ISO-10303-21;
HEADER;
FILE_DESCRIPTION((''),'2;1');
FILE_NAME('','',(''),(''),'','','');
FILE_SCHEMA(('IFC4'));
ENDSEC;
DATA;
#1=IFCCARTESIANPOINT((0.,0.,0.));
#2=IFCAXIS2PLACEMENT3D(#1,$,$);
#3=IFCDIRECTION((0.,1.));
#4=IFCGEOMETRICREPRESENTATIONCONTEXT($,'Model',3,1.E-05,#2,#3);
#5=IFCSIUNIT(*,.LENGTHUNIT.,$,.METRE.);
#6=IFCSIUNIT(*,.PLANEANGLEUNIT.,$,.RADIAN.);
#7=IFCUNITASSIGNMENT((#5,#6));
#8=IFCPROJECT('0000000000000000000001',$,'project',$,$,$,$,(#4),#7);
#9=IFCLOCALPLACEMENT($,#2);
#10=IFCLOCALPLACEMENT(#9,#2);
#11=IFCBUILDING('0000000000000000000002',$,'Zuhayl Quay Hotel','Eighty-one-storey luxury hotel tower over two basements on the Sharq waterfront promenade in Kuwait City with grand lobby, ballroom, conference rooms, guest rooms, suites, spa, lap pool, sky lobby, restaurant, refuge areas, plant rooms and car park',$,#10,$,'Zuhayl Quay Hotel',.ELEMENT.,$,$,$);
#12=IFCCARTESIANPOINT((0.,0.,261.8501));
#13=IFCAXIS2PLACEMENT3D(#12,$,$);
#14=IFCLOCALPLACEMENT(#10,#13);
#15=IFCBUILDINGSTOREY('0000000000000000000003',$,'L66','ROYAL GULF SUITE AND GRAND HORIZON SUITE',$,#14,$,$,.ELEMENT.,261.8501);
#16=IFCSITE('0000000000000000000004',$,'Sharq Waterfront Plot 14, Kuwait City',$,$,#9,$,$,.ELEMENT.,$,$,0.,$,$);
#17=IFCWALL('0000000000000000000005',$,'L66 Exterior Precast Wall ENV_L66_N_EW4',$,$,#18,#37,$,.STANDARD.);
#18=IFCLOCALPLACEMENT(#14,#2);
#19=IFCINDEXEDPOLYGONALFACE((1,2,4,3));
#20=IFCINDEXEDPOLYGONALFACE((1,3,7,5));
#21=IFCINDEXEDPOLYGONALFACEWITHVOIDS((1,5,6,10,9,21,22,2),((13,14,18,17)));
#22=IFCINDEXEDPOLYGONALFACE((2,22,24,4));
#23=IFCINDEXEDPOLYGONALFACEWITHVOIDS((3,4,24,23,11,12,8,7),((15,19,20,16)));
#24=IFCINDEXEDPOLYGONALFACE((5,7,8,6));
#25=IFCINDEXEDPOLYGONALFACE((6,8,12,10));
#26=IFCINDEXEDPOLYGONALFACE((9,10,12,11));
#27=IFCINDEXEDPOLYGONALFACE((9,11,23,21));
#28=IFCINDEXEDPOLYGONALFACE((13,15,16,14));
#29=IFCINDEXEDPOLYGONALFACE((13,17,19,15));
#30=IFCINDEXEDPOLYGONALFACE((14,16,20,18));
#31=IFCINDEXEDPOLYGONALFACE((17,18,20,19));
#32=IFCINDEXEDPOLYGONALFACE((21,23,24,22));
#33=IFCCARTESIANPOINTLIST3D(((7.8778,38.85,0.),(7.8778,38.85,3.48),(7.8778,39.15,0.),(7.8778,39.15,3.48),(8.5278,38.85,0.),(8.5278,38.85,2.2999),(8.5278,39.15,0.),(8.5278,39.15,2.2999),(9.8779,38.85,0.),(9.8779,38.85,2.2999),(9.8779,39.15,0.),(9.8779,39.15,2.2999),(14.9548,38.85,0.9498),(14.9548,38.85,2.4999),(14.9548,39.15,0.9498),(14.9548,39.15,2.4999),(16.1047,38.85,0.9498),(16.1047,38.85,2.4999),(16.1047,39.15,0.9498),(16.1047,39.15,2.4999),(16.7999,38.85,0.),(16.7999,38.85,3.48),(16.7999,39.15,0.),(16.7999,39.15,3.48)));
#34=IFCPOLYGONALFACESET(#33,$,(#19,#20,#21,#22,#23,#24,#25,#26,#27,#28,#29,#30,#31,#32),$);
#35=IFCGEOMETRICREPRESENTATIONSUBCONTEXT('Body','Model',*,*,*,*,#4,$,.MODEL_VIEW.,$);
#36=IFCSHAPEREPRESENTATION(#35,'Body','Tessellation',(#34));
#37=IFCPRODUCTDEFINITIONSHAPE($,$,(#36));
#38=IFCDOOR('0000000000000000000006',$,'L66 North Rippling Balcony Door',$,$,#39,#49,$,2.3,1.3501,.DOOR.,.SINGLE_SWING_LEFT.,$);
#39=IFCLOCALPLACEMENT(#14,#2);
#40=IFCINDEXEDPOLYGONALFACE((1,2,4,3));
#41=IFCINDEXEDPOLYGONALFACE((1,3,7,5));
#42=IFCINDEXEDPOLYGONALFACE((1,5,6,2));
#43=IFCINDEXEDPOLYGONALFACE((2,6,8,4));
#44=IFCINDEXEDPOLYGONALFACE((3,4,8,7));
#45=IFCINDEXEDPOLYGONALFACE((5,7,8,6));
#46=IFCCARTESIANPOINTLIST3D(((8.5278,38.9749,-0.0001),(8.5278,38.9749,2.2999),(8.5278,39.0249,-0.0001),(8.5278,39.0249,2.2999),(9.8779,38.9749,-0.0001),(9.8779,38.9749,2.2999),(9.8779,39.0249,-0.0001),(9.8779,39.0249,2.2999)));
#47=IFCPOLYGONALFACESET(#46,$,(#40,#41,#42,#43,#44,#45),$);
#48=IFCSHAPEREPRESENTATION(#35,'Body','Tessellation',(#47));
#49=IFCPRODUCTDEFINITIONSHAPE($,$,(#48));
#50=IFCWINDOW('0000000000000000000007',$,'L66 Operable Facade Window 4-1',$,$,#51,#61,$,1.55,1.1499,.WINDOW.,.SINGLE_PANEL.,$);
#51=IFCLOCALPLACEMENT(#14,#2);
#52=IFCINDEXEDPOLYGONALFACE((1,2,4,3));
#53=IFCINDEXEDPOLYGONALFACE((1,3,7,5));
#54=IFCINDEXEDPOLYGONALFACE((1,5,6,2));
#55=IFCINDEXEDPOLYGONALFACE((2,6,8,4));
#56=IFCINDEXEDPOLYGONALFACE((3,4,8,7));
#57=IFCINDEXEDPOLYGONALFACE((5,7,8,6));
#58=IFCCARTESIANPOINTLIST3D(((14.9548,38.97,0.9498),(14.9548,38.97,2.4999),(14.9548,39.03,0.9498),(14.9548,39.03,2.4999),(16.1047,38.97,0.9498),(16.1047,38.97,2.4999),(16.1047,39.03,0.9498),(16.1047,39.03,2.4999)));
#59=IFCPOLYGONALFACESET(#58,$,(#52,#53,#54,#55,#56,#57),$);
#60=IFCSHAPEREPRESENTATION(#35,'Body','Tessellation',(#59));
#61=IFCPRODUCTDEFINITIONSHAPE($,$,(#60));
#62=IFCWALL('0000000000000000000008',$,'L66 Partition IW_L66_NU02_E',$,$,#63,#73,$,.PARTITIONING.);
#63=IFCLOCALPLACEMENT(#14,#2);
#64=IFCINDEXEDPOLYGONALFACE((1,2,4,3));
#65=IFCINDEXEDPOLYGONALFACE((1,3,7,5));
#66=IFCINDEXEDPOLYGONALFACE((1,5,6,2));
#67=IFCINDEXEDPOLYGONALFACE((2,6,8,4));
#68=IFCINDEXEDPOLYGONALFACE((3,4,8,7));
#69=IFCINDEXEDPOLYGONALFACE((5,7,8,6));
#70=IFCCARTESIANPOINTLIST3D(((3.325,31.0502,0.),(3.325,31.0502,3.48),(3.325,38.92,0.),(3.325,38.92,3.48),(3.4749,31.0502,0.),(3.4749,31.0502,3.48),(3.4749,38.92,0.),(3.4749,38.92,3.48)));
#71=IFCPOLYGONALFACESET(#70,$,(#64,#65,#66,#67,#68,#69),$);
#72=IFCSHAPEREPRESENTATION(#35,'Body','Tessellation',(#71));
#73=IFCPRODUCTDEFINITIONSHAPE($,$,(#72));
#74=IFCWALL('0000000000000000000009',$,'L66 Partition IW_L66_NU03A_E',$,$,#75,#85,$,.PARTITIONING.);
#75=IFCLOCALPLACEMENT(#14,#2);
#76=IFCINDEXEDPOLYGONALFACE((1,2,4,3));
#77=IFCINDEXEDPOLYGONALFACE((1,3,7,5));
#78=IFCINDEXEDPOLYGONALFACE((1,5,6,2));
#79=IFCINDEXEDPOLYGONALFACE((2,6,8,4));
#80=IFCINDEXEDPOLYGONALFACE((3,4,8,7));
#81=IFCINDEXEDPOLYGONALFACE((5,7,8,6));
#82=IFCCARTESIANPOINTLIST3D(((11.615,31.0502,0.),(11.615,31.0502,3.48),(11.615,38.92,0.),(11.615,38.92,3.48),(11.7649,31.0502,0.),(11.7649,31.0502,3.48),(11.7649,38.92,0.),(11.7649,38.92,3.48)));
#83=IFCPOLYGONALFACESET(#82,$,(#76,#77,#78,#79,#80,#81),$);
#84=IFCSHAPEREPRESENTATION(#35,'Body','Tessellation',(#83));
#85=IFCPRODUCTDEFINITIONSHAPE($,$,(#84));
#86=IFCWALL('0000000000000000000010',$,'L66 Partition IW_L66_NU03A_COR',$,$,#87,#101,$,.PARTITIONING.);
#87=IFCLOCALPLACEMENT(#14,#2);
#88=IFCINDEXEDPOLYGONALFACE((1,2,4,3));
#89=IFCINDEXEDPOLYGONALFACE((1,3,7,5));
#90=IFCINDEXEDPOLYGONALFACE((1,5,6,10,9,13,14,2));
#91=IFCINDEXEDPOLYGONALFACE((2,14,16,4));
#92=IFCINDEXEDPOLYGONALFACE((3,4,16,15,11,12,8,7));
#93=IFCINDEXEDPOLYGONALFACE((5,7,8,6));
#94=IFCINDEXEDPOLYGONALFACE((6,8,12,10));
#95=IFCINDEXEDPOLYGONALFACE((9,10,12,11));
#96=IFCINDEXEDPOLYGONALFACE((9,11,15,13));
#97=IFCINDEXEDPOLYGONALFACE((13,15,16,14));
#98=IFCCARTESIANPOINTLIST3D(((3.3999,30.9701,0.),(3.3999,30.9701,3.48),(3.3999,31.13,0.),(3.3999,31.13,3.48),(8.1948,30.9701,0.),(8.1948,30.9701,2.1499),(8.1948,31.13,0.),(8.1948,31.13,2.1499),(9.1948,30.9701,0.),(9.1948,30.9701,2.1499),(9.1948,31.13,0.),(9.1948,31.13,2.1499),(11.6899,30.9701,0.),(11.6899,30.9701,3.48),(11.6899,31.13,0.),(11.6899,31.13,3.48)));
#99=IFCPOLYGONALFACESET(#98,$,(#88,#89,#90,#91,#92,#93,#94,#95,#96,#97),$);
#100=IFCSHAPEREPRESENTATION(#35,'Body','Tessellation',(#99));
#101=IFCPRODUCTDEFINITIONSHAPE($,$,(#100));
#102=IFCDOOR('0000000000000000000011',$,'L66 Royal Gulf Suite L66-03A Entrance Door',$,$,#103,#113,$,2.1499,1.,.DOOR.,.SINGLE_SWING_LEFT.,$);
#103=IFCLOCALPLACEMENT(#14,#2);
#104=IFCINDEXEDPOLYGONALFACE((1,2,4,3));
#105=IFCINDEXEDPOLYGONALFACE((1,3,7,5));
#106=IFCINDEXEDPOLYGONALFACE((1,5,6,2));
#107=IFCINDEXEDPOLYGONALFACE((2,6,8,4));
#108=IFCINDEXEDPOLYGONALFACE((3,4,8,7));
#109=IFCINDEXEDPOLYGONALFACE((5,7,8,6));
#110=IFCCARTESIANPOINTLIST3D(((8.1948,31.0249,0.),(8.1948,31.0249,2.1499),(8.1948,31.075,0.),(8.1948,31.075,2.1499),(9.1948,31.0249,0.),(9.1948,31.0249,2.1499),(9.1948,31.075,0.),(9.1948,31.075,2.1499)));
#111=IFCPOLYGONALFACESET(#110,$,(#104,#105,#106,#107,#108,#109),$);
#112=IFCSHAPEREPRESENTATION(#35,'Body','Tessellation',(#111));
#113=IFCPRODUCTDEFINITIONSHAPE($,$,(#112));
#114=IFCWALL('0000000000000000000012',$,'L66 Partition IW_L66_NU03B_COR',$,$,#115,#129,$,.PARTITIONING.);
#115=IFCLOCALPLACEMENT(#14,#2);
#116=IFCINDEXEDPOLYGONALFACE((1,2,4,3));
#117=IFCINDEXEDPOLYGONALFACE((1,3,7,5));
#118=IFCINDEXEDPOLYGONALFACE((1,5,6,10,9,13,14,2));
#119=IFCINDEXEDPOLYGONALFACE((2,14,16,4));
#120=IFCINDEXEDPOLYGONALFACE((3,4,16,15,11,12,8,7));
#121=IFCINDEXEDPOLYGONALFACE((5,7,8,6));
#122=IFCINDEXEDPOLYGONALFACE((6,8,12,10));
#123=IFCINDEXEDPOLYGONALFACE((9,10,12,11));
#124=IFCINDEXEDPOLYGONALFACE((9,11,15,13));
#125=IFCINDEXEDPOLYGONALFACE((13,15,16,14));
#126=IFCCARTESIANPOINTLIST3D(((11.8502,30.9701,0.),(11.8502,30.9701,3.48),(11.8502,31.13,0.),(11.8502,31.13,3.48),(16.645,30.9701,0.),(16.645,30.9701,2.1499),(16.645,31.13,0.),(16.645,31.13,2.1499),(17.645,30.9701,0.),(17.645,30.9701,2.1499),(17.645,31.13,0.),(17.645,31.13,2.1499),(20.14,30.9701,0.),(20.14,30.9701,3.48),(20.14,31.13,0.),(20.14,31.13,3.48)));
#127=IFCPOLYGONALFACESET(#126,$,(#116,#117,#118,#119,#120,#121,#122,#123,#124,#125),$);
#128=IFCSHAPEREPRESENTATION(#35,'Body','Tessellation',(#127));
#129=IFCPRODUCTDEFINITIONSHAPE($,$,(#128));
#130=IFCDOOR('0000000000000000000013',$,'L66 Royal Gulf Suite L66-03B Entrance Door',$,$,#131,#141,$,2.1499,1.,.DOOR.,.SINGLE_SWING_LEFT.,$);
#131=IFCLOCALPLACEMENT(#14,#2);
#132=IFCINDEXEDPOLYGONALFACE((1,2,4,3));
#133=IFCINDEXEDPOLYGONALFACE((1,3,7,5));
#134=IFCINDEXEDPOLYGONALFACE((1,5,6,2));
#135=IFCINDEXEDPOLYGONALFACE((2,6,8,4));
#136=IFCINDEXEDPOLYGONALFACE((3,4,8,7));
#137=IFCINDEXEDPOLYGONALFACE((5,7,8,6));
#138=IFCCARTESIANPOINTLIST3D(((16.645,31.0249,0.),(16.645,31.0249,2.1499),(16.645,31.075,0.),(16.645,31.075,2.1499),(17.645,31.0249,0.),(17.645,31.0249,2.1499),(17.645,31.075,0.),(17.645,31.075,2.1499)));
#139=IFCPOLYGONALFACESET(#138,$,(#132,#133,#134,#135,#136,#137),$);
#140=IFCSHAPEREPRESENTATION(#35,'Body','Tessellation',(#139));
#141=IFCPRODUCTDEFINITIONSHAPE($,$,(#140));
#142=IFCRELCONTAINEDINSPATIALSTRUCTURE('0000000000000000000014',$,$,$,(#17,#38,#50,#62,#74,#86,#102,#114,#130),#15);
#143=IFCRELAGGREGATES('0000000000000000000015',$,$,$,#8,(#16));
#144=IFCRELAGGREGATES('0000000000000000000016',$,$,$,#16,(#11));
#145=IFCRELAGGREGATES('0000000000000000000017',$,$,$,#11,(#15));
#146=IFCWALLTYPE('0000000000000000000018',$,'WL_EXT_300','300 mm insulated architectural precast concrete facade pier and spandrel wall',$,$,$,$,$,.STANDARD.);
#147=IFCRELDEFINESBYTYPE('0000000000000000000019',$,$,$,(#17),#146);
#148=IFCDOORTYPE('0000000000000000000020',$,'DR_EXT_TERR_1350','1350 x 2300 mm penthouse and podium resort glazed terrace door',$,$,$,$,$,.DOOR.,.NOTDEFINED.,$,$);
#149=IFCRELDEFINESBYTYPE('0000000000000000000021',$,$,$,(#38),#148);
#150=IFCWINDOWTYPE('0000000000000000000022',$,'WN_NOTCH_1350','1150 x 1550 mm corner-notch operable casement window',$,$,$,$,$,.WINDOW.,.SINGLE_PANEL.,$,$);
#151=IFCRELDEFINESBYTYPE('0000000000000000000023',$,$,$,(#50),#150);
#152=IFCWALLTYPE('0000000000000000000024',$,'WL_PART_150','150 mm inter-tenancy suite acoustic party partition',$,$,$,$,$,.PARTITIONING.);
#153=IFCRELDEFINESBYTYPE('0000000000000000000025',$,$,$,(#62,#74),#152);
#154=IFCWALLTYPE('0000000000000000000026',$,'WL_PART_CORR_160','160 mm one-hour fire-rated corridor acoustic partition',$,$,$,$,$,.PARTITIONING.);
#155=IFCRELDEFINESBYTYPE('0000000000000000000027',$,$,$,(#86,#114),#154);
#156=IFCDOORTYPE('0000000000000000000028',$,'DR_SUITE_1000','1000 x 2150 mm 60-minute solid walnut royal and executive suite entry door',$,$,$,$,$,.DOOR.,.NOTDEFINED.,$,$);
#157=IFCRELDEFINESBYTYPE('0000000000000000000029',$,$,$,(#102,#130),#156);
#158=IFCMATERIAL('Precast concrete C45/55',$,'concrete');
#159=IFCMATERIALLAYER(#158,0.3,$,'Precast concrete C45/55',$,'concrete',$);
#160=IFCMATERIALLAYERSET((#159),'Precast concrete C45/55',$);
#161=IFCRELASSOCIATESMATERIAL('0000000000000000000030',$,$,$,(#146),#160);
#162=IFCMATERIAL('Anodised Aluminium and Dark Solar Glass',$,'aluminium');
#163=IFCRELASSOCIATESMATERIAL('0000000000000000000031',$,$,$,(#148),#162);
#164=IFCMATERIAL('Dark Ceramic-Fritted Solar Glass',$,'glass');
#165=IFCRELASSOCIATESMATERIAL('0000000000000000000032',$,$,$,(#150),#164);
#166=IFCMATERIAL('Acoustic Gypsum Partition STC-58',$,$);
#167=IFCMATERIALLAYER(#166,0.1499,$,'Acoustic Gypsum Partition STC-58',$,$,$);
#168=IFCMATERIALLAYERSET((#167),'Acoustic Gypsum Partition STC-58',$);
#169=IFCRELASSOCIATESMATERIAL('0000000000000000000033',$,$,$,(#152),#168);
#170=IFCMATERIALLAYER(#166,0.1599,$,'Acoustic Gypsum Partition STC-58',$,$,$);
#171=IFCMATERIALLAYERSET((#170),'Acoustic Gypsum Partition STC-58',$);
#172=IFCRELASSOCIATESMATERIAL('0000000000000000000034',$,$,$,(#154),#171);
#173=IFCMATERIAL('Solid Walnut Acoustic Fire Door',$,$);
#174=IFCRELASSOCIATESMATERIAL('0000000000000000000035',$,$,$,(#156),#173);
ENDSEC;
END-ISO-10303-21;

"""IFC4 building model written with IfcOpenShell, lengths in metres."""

from ifc_helpers import new_model, si_unit, direction, frame, frame_2d, origin, place, context, subcontext, project, spatial, rectangle, extrude, material, layer, layer_set, type_object, element, fill, save


model = new_model("IFC4")

# Units and contexts
model_context = context("Model", 3, precision=1e-05, world=origin(), true_north=direction((0.0, 1.0)))
body_context = subcontext(model_context, "Body", "Model", "MODEL_VIEW")
ifc_project = project(units=[si_unit("LENGTHUNIT", "METRE"), si_unit("PLANEANGLEUNIT", "RADIAN")], contexts=[model_context])

# Site, building, storey
site_placement = place(None, origin())
site = spatial("IfcSite", under=ifc_project, at=site_placement, Name="Sharq Waterfront Plot 14, Kuwait City", CompositionType="ELEMENT", RefElevation=0.0)
building_placement = place(site_placement, origin())
building = spatial("IfcBuilding", under=site, at=building_placement, Name="Zuhayl Quay Hotel", Description="Eighty-one-storey luxury hotel tower over two basements on the Sharq waterfront promenade in Kuwait City with grand lobby, ballroom, conference rooms, guest rooms, suites, spa, lap pool, sky lobby, restaurant, refuge areas, plant rooms and car park", LongName="Zuhayl Quay Hotel", CompositionType="ELEMENT")
storey_placement = place(building_placement, frame((0.0, 0.0, 261.8501)))
storey = spatial("IfcBuildingStorey", under=building, at=storey_placement, Name="L66", Description="ROYAL GULF SUITE AND GRAND HORIZON SUITE", CompositionType="ELEMENT", Elevation=261.8501)

# Shared definitions
ifc_material_1 = material(Name="Dark Ceramic-Fritted Solar Glass", Category="glass")

# Wall, openings, door, window
ifc_material_2 = material(Name="Precast concrete C45/55", Category="concrete")
ifc_layer_1 = layer(ifc_material_2, 0.3, Name="Precast concrete C45/55", Category="concrete")
ifc_layer_set_1 = layer_set([ifc_layer_1], Name="Precast concrete C45/55")
wall_type_1 = type_object("IfcWallType", Name="WL_EXT_300", Description="300 mm insulated architectural precast concrete facade pier and spandrel wall", PredefinedType="STANDARD", material=ifc_layer_set_1)
wall_1_placement = place(storey_placement, frame((7.8779, 39.0, 0.0), z_axis=(0.0, 0.0, 1.0), x_axis=(1.0, 0.0, 0.0)))
wall_1 = element("IfcWall", 1, at=wall_1_placement, inside=storey, type_object=wall_type_1, Name="L66 Exterior Precast Wall ENV_L66_N_EW4", PredefinedType="STANDARD", context=body_context, shape_type="SweptSolid", body=[
    extrude(rectangle(XDim=8.9221, YDim=0.3, at=frame_2d((4.4609, 0.0))), origin(), (0.0, 0.0, 1.0), 3.48),
])
opening_1_placement = place(wall_1_placement, frame((0.6499, 0.0, 0.0)))
opening_1 = element("IfcOpeningElement", 2, at=opening_1_placement, cuts=wall_1, PredefinedType="OPENING", context=body_context, shape_type="SweptSolid", body=[
    extrude(rectangle(XDim=1.3501, YDim=2.3, at=frame_2d((0.675, 1.1499))), frame((0.0, 0.1599, 0.0), z_axis=(0.0, -1.0, 0.0), x_axis=(1.0, 0.0, 0.0)), (0.0, 0.0, 1.0), 0.3201),
])
opening_2_placement = place(wall_1_placement, frame((7.0769, 0.0, 0.95)))
opening_2 = element("IfcOpeningElement", 3, at=opening_2_placement, cuts=wall_1, PredefinedType="OPENING", context=body_context, shape_type="SweptSolid", body=[
    extrude(rectangle(XDim=1.1499, YDim=1.55, at=frame_2d((0.575, 0.7749))), frame((0.0, 0.1599, 0.0), z_axis=(0.0, -1.0, 0.0), x_axis=(1.0, 0.0, 0.0)), (0.0, 0.0, 1.0), 0.3201),
])
ifc_material_3 = material(Name="Anodised Aluminium and Dark Solar Glass", Category="aluminium")
door_type_1 = type_object("IfcDoorType", Name="DR_EXT_TERR_1350", Description="1350 x 2300 mm penthouse and podium resort glazed terrace door", OperationType="NOTDEFINED", PredefinedType="DOOR", material=ifc_material_3)
door_1_placement = place(opening_1_placement, origin())
door_1 = element("IfcDoor", 4, at=door_1_placement, inside=storey, type_object=door_type_1, Name="L66 North Rippling Balcony Door", OperationType="SINGLE_SWING_LEFT", OverallHeight=2.3, OverallWidth=1.3501, PredefinedType="DOOR", context=body_context, shape_type="SweptSolid", body=[
    extrude(rectangle(XDim=1.3501, YDim=2.3, at=frame_2d((0.675, 1.1499))), frame((0.0, 0.0249, 0.0), z_axis=(0.0, -1.0, 0.0), x_axis=(1.0, 0.0, 0.0)), (0.0, 0.0, 1.0), 0.05),
])
fill(opening_1, door_1)
window_type = type_object("IfcWindowType", Name="WN_NOTCH_1350", Description="1150 x 1550 mm corner-notch operable casement window", PartitioningType="SINGLE_PANEL", PredefinedType="WINDOW", material=ifc_material_1)
window_placement = place(opening_2_placement, origin())
window = element("IfcWindow", 5, at=window_placement, inside=storey, type_object=window_type, Name="L66 Operable Facade Window 4-1", OverallHeight=1.55, OverallWidth=1.1499, PartitioningType="SINGLE_PANEL", PredefinedType="WINDOW", context=body_context, shape_type="SweptSolid", body=[
    extrude(rectangle(XDim=1.1499, YDim=1.55, at=frame_2d((0.575, 0.7749))), frame((0.0, 0.03, 0.0), z_axis=(0.0, -1.0, 0.0), x_axis=(1.0, 0.0, 0.0)), (0.0, 0.0, 1.0), 0.0601),
])
fill(opening_2, window)

# Walls
ifc_material_4 = material(Name="Acoustic Gypsum Partition STC-58")
ifc_layer_2 = layer(ifc_material_4, 0.1499, Name="Acoustic Gypsum Partition STC-58")
ifc_layer_set_2 = layer_set([ifc_layer_2], Name="Acoustic Gypsum Partition STC-58")
wall_type_2 = type_object("IfcWallType", Name="WL_PART_150", Description="150 mm inter-tenancy suite acoustic party partition", PredefinedType="PARTITIONING", material=ifc_layer_set_2)
for number, where, z_axis, x_axis, name in (
    (6, (3.3999, 31.05, 0.0), (0.0, 0.0, 1.0), (0.0, 1.0, 0.0), "L66 Partition IW_L66_NU02_E"),
    (7, (11.6899, 31.05, 0.0), (0.0, 0.0, 1.0), (0.0, 1.0, 0.0), "L66 Partition IW_L66_NU03A_E"),
):
    element("IfcWall", number, at=place(storey_placement, frame(where, z_axis=z_axis, x_axis=x_axis)), inside=storey, type_object=wall_type_2, Name=name, PredefinedType="PARTITIONING", context=body_context, shape_type="SweptSolid", body=[
        extrude(rectangle(XDim=7.8699, YDim=0.1499, at=frame_2d((3.9351, 0.0))), origin(), (0.0, 0.0, 1.0), 3.48),
    ])

# Walls, openings, doors
ifc_layer_3 = layer(ifc_material_4, 0.1599, Name="Acoustic Gypsum Partition STC-58")
ifc_layer_set_3 = layer_set([ifc_layer_3], Name="Acoustic Gypsum Partition STC-58")
wall_type_3 = type_object("IfcWallType", Name="WL_PART_CORR_160", Description="160 mm one-hour fire-rated corridor acoustic partition", PredefinedType="PARTITIONING", material=ifc_layer_set_3)
wall_2_placement = place(storey_placement, frame((3.3999, 31.05, 0.0), z_axis=(0.0, 0.0, 1.0), x_axis=(1.0, 0.0, 0.0)))
wall_2 = element("IfcWall", 8, at=wall_2_placement, inside=storey, type_object=wall_type_3, Name="L66 Partition IW_L66_NU03A_COR", PredefinedType="PARTITIONING", context=body_context, shape_type="SweptSolid", body=[
    extrude(rectangle(XDim=8.29, YDim=0.1599, at=frame_2d((4.145, 0.0))), origin(), (0.0, 0.0, 1.0), 3.48),
])
opening_3_placement = place(wall_2_placement, frame((4.7949, 0.0, 0.0)))
opening_3 = element("IfcOpeningElement", 9, at=opening_3_placement, cuts=wall_2, PredefinedType="OPENING", context=body_context, shape_type="SweptSolid", body=[
    extrude(rectangle(XDim=1.0, YDim=2.1499, at=frame_2d((0.5, 1.075))), frame((0.0, 0.0898, 0.0), z_axis=(0.0, -1.0, 0.0), x_axis=(1.0, 0.0, 0.0)), (0.0, 0.0, 1.0), 0.1799),
])
ifc_material_5 = material(Name="Solid Walnut Acoustic Fire Door")
door_type_2 = type_object("IfcDoorType", Name="DR_SUITE_1000", Description="1000 x 2150 mm 60-minute solid walnut royal and executive suite entry door", OperationType="NOTDEFINED", PredefinedType="DOOR", material=ifc_material_5)
door_2_placement = place(opening_3_placement, origin())
door_2 = element("IfcDoor", 10, at=door_2_placement, inside=storey, type_object=door_type_2, Name="L66 Royal Gulf Suite L66-03A Entrance Door", OperationType="SINGLE_SWING_LEFT", OverallHeight=2.1499, OverallWidth=1.0, PredefinedType="DOOR", context=body_context, shape_type="SweptSolid", body=[
    extrude(rectangle(XDim=1.0, YDim=2.1499, at=frame_2d((0.5, 1.075))), frame((0.0, 0.0249, 0.0), z_axis=(0.0, -1.0, 0.0), x_axis=(1.0, 0.0, 0.0)), (0.0, 0.0, 1.0), 0.05),
])
fill(opening_3, door_2)
wall_3_placement = place(storey_placement, frame((11.8501, 31.05, 0.0), z_axis=(0.0, 0.0, 1.0), x_axis=(1.0, 0.0, 0.0)))
wall_3 = element("IfcWall", 11, at=wall_3_placement, inside=storey, type_object=wall_type_3, Name="L66 Partition IW_L66_NU03B_COR", PredefinedType="PARTITIONING", context=body_context, shape_type="SweptSolid", body=[
    extrude(rectangle(XDim=8.2898, YDim=0.1599, at=frame_2d((4.145, 0.0))), origin(), (0.0, 0.0, 1.0), 3.48),
])
opening_4_placement = place(wall_3_placement, frame((4.7949, 0.0, 0.0)))
opening_4 = element("IfcOpeningElement", 12, at=opening_4_placement, cuts=wall_3, PredefinedType="OPENING", context=body_context, shape_type="SweptSolid", body=[
    extrude(rectangle(XDim=1.0, YDim=2.1499, at=frame_2d((0.5, 1.075))), frame((0.0, 0.0898, 0.0), z_axis=(0.0, -1.0, 0.0), x_axis=(1.0, 0.0, 0.0)), (0.0, 0.0, 1.0), 0.1799),
])
door_3_placement = place(opening_4_placement, origin())
door_3 = element("IfcDoor", 13, at=door_3_placement, inside=storey, type_object=door_type_2, Name="L66 Royal Gulf Suite L66-03B Entrance Door", OperationType="SINGLE_SWING_LEFT", OverallHeight=2.1499, OverallWidth=1.0, PredefinedType="DOOR", context=body_context, shape_type="SweptSolid", body=[
    extrude(rectangle(XDim=1.0, YDim=2.1499, at=frame_2d((0.5, 1.075))), frame((0.0, 0.0249, 0.0), z_axis=(0.0, -1.0, 0.0), x_axis=(1.0, 0.0, 0.0)), (0.0, 0.0, 1.0), 0.05),
])
fill(opening_4, door_3)

save(model, "model.ifc")
